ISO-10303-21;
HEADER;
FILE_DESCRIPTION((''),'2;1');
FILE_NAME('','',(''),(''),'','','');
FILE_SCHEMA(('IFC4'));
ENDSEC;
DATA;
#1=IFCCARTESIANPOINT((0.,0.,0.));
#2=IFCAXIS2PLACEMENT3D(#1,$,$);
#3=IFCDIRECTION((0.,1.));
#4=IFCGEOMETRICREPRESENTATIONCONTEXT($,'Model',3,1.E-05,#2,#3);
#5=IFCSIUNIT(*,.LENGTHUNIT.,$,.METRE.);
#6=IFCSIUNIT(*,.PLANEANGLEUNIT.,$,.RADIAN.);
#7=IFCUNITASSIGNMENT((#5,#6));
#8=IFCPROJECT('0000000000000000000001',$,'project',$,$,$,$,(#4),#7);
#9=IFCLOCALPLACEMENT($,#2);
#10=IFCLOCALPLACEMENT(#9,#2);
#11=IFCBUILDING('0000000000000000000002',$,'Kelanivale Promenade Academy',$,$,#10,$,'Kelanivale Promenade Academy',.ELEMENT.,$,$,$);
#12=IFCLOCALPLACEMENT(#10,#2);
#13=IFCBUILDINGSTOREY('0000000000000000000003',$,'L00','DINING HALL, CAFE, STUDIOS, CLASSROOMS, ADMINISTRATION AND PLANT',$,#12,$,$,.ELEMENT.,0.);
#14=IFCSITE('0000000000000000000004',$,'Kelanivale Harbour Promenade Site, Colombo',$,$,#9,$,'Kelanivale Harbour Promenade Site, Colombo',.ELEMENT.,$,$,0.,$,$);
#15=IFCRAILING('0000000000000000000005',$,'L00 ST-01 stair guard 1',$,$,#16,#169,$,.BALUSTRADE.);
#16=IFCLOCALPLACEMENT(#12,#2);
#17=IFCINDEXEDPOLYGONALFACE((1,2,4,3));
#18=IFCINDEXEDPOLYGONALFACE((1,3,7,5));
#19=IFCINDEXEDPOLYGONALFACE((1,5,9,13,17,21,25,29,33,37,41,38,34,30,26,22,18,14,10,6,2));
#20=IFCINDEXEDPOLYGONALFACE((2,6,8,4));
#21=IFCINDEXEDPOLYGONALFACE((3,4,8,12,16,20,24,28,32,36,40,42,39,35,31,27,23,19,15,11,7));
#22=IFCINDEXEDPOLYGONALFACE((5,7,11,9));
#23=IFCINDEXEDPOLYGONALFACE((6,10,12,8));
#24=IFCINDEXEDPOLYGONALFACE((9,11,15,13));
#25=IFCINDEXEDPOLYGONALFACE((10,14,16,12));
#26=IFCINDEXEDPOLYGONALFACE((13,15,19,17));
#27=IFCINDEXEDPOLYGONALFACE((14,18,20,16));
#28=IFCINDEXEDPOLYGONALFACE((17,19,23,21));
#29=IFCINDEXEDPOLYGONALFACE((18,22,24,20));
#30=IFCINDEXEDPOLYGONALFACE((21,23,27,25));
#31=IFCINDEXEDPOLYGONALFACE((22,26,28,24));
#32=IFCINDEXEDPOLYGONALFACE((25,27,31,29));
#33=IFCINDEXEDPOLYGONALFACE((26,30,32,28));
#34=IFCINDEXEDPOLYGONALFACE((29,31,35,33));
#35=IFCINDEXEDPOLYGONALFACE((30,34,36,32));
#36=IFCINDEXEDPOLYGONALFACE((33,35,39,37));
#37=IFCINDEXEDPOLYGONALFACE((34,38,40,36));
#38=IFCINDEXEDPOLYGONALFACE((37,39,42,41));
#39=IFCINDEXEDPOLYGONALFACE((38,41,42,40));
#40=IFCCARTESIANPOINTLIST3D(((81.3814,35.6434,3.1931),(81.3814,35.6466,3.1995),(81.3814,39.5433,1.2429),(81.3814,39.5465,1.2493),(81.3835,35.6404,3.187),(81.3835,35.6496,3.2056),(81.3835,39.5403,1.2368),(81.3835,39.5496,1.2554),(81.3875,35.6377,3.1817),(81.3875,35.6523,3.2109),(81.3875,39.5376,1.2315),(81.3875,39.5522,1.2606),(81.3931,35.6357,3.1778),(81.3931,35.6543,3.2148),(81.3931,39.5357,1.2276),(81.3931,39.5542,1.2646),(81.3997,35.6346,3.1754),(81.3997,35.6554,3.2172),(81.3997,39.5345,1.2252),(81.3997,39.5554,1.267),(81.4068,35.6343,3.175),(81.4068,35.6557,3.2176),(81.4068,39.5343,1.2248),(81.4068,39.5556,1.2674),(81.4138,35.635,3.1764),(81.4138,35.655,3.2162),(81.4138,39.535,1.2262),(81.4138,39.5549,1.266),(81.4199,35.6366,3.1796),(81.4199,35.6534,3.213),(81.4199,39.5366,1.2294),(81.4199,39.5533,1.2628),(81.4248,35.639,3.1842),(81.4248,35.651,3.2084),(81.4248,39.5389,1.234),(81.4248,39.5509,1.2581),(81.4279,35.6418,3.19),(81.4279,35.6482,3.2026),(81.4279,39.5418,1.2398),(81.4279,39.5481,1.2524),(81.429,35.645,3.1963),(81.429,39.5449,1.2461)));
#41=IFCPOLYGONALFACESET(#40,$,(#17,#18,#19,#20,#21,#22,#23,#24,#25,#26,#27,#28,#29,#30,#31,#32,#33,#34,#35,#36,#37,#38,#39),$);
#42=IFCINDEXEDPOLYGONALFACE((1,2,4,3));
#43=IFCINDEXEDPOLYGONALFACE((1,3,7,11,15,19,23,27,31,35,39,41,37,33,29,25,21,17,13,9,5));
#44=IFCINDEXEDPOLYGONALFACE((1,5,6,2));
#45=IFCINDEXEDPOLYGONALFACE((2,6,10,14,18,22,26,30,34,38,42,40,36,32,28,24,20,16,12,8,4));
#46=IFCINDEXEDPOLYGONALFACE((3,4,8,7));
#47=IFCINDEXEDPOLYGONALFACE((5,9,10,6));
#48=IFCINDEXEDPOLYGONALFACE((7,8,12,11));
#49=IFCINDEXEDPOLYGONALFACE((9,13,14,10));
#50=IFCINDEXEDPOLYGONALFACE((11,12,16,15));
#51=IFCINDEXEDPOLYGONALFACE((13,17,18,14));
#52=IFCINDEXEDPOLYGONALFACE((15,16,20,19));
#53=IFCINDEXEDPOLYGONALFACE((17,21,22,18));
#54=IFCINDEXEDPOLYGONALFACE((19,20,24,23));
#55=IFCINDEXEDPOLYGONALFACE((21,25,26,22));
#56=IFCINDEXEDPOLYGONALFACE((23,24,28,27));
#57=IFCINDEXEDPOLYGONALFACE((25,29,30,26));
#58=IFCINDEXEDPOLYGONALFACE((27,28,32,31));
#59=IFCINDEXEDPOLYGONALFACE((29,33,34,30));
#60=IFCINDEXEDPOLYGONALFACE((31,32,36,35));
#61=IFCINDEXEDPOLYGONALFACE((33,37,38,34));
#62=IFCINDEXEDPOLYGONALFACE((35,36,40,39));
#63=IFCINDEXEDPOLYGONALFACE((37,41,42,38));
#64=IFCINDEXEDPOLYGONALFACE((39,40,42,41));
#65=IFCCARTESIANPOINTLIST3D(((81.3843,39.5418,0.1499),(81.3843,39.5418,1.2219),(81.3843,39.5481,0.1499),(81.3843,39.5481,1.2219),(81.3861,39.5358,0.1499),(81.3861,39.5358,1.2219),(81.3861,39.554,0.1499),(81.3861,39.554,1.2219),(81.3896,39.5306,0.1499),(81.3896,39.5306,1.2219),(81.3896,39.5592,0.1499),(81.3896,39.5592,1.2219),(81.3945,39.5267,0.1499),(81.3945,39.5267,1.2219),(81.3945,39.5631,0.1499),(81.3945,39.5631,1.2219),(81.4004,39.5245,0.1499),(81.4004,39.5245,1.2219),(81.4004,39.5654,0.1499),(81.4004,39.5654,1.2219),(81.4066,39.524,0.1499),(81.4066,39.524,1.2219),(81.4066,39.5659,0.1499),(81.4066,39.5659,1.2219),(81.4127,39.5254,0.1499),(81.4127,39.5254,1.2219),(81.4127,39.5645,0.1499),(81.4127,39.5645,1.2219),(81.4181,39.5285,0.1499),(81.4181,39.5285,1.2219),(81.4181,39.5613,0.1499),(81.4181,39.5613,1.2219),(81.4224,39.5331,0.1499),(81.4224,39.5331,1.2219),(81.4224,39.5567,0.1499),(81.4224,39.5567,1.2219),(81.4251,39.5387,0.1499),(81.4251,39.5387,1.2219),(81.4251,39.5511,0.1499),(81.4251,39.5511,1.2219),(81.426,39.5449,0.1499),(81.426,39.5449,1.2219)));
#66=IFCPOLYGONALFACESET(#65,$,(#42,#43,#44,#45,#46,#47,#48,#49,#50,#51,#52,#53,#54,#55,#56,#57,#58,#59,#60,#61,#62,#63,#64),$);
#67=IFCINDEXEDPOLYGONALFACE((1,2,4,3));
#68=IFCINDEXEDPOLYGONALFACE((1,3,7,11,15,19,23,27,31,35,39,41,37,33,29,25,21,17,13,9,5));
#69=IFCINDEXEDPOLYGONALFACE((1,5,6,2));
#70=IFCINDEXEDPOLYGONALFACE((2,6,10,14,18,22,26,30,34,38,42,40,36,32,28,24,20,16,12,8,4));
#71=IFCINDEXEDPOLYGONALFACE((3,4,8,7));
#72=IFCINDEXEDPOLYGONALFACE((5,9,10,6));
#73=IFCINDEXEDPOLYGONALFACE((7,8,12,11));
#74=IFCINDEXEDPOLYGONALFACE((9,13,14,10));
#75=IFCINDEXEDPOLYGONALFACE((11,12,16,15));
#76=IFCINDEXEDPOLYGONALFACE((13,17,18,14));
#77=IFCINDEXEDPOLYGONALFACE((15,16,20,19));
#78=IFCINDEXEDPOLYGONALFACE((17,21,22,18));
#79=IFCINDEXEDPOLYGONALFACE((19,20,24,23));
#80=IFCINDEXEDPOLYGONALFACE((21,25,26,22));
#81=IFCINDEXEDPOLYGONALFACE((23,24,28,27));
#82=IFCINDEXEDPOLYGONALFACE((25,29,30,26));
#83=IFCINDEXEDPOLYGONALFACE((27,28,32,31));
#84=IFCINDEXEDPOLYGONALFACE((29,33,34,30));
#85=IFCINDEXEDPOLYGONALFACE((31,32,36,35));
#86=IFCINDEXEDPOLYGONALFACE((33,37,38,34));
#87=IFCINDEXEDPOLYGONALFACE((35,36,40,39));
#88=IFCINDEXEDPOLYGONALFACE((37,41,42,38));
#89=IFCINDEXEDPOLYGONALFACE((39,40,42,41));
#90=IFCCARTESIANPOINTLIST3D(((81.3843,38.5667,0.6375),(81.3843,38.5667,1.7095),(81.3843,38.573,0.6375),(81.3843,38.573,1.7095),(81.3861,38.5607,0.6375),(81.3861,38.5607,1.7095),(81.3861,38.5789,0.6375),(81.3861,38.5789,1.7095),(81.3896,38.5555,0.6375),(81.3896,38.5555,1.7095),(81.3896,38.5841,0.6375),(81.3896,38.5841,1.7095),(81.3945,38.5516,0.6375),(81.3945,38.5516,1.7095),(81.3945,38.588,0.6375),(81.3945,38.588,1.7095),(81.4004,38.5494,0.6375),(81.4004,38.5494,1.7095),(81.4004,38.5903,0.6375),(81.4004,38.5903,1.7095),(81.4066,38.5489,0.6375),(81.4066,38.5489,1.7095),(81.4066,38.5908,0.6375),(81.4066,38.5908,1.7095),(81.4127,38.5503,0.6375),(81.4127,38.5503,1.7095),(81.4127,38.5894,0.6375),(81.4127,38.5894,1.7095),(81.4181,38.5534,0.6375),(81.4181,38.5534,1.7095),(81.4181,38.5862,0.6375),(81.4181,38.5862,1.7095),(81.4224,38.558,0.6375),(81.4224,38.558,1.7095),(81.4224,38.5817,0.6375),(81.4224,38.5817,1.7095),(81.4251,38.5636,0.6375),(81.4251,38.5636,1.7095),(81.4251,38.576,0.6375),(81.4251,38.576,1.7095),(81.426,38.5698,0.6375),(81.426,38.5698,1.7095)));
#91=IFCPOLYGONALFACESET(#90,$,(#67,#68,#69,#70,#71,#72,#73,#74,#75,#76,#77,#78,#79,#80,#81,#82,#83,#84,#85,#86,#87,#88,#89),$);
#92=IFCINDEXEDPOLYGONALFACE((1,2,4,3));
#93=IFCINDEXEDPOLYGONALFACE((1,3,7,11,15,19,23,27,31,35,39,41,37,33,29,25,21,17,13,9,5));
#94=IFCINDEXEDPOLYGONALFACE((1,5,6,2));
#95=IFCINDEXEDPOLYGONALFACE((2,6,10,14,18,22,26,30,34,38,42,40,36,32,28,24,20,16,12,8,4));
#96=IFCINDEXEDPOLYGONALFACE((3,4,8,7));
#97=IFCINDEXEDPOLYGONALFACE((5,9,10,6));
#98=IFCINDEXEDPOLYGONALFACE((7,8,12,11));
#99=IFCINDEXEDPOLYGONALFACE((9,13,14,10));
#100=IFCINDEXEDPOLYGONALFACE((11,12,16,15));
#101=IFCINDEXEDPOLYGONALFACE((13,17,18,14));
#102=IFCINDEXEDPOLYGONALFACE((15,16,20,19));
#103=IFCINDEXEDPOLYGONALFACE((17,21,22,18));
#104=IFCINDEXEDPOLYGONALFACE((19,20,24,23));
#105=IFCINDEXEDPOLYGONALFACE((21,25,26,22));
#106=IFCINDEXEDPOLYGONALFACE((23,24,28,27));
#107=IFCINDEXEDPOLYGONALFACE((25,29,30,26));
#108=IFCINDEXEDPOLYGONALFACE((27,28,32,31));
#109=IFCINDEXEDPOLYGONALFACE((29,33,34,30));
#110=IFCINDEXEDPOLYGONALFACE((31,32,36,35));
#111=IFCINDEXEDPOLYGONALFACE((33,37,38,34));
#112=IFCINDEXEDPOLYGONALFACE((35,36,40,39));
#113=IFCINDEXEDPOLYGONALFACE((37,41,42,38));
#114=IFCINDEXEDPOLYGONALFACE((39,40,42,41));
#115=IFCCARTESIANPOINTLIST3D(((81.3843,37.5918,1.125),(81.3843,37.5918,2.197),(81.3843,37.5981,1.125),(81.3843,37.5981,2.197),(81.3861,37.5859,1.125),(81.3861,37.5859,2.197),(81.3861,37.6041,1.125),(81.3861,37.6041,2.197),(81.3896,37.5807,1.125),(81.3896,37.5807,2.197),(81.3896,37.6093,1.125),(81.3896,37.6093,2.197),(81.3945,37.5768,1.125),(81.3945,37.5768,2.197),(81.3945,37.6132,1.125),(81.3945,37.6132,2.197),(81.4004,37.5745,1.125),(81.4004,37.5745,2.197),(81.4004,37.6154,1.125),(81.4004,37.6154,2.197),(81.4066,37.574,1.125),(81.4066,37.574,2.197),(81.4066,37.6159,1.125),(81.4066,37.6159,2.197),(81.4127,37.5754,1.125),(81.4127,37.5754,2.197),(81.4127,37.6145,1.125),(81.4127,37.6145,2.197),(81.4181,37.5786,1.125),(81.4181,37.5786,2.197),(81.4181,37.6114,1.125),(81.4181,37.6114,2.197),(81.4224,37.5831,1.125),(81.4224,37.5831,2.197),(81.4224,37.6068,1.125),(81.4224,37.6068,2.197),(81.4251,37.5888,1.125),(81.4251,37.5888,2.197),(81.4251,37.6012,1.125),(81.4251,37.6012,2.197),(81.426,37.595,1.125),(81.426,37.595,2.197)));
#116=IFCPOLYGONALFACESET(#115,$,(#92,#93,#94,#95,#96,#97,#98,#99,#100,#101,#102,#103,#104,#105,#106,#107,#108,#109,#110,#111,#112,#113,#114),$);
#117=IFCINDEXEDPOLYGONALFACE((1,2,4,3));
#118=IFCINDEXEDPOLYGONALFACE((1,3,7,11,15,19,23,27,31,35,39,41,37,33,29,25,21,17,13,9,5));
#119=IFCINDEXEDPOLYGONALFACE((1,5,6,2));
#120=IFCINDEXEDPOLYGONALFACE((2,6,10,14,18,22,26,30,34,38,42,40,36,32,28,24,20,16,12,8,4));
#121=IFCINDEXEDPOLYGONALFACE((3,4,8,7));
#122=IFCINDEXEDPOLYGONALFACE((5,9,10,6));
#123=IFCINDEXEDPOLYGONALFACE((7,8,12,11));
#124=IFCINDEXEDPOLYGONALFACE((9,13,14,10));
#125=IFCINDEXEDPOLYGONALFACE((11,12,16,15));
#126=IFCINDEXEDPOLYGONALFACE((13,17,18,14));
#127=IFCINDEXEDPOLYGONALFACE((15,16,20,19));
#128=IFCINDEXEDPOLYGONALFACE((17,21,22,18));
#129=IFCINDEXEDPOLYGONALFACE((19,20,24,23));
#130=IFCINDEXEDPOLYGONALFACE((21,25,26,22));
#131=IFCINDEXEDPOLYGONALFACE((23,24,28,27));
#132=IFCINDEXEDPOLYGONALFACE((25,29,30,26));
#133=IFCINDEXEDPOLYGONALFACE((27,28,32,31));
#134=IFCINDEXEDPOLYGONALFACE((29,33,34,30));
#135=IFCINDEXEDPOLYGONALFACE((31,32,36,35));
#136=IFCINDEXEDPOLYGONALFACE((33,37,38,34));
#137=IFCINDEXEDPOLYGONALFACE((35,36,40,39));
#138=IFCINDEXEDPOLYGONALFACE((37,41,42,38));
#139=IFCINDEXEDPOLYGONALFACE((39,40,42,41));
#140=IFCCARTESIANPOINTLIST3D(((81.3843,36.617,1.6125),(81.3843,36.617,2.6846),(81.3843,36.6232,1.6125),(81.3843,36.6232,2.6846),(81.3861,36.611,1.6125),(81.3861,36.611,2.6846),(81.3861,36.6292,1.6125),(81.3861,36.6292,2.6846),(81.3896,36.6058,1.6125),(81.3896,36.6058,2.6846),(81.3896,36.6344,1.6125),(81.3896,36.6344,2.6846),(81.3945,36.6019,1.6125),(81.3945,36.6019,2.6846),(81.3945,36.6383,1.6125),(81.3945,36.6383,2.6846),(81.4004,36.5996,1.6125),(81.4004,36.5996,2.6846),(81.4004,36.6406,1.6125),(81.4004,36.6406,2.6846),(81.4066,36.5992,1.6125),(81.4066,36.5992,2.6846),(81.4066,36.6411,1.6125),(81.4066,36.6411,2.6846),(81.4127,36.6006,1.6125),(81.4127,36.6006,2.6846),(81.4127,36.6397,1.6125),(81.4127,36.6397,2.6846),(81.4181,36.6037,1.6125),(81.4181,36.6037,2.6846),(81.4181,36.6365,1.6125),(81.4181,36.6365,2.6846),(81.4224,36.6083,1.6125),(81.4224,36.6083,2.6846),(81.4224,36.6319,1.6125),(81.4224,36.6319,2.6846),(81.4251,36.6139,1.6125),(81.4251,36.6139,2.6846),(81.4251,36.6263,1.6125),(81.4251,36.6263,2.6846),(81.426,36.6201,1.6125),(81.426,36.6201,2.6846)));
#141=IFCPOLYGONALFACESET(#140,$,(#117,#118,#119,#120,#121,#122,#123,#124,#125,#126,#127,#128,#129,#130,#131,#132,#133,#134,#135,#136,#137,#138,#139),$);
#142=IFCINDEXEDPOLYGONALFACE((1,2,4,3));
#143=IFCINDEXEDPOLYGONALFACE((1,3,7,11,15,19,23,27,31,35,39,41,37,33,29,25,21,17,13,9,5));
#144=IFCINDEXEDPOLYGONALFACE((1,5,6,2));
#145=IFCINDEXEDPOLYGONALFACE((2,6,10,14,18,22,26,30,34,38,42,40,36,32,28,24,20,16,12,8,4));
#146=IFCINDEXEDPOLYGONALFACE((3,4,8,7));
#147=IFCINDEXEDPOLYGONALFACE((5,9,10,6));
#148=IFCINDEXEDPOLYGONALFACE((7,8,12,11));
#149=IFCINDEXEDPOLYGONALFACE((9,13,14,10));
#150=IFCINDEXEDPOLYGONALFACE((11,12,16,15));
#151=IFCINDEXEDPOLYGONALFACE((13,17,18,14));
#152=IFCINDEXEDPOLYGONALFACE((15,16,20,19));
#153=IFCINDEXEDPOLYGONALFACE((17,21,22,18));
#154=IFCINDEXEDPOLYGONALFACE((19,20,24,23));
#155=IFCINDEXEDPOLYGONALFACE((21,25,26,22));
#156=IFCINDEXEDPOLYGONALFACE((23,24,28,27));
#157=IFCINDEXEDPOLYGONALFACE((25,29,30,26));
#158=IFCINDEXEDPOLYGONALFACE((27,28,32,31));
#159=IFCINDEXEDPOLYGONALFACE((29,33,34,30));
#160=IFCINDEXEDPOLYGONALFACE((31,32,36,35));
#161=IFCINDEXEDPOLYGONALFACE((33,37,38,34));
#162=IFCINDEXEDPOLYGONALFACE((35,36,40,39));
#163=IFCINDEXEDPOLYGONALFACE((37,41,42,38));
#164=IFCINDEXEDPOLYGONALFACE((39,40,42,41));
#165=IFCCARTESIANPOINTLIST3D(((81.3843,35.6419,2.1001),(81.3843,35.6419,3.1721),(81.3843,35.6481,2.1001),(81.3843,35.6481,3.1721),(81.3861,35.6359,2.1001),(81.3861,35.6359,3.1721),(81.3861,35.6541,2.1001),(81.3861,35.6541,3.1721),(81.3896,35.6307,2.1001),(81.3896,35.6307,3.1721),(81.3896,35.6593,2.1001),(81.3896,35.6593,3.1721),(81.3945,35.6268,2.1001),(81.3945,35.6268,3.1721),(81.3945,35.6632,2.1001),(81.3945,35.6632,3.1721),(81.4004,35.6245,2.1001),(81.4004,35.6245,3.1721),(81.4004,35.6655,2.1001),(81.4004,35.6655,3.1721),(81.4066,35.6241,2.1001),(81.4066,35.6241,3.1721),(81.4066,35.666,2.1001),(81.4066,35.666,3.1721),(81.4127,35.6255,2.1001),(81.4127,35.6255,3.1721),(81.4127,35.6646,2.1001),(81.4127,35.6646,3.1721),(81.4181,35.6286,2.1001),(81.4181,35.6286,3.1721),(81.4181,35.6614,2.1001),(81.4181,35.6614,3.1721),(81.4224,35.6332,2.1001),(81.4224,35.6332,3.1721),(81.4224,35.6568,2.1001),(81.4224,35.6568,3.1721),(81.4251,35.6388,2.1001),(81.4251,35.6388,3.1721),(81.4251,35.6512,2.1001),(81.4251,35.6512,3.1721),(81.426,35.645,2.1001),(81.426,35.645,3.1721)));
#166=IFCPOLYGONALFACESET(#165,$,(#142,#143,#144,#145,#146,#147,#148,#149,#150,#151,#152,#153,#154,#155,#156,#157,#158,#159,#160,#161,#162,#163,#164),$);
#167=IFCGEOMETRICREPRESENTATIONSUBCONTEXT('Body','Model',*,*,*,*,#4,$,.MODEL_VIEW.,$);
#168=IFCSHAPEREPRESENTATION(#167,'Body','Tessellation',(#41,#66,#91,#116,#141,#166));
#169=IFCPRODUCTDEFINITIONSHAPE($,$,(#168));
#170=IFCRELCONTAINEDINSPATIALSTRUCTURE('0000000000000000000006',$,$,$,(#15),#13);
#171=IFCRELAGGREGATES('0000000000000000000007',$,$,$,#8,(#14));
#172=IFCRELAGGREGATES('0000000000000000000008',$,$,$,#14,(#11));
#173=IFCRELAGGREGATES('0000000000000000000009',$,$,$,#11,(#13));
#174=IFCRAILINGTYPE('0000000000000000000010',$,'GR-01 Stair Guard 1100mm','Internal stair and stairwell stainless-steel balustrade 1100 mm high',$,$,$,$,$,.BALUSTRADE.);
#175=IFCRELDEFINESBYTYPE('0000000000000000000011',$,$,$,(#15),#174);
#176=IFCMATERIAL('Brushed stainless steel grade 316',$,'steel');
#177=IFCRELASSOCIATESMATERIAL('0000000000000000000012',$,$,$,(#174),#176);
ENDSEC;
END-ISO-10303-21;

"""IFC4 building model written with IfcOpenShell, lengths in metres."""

from ifc_helpers import new_model, si_unit, direction, frame, origin, origin_2d, place, context, subcontext, project, spatial, circle, extrude, material, type_object, element, save


model = new_model("IFC4")

# Units and contexts
model_context = context("Model", 3, precision=1e-05, world=origin(), true_north=direction((0.0, 1.0)))
body_context = subcontext(model_context, "Body", "Model", "MODEL_VIEW")
ifc_project = project(units=[si_unit("LENGTHUNIT", "METRE"), si_unit("PLANEANGLEUNIT", "RADIAN")], contexts=[model_context])

# Site, building, storey
site_placement = place(None, origin())
site = spatial("IfcSite", under=ifc_project, at=site_placement, Name="Kelanivale Harbour Promenade Site, Colombo", LongName="Kelanivale Harbour Promenade Site, Colombo", CompositionType="ELEMENT", RefElevation=0.0)
building_placement = place(site_placement, origin())
building = spatial("IfcBuilding", under=site, at=building_placement, Name="Kelanivale Promenade Academy", LongName="Kelanivale Promenade Academy", CompositionType="ELEMENT")
storey_placement = place(building_placement, origin())
storey = spatial("IfcBuildingStorey", under=building, at=storey_placement, Name="L00", Description="DINING HALL, CAFE, STUDIOS, CLASSROOMS, ADMINISTRATION AND PLANT", CompositionType="ELEMENT", Elevation=0.0)

# Railing
ifc_material_1 = material(Name="Brushed stainless steel grade 316", Category="steel")
railing_type_1 = type_object("IfcRailingType", Name="GR-01 Stair Guard 1100mm", Description="Internal stair and stairwell stainless-steel balustrade 1100 mm high", PredefinedType="BALUSTRADE", material=ifc_material_1)
railing_1_placement = place(storey_placement, frame((81.405, 39.5449, 0.1499)))
element("IfcRailing", 1, at=railing_1_placement, inside=storey, type_object=railing_type_1, Name="L00 ST-01 stair guard 1", PredefinedType="BALUSTRADE", context=body_context, shape_type="SweptSolid", body=[
    extrude(circle(Radius=0.0239, at=origin_2d()), frame((0.0, 0.0, 1.0962), z_axis=(0.0, -0.894405, 0.447258), x_axis=(1.0, 0.0, 0.0)), (0.0, 0.0, 1.0), 4.3604),
    extrude(circle(Radius=0.021, at=origin_2d()), origin(), (0.0, 0.0, 1.0), 1.072),
    extrude(circle(Radius=0.021, at=origin_2d()), frame((0.0, -0.9751, 0.4875)), (0.0, 0.0, 1.0), 1.072),
    extrude(circle(Radius=0.021, at=origin_2d()), frame((0.0, -1.95, 0.9751)), (0.0, 0.0, 1.0), 1.072),
    extrude(circle(Radius=0.021, at=origin_2d()), frame((0.0, -2.9248, 1.4626)), (0.0, 0.0, 1.0), 1.072),
    extrude(circle(Radius=0.021, at=origin_2d()), frame((0.0, -3.8999, 1.9502)), (0.0, 0.0, 1.0), 1.072),
])

save(model, "model.ifc")
